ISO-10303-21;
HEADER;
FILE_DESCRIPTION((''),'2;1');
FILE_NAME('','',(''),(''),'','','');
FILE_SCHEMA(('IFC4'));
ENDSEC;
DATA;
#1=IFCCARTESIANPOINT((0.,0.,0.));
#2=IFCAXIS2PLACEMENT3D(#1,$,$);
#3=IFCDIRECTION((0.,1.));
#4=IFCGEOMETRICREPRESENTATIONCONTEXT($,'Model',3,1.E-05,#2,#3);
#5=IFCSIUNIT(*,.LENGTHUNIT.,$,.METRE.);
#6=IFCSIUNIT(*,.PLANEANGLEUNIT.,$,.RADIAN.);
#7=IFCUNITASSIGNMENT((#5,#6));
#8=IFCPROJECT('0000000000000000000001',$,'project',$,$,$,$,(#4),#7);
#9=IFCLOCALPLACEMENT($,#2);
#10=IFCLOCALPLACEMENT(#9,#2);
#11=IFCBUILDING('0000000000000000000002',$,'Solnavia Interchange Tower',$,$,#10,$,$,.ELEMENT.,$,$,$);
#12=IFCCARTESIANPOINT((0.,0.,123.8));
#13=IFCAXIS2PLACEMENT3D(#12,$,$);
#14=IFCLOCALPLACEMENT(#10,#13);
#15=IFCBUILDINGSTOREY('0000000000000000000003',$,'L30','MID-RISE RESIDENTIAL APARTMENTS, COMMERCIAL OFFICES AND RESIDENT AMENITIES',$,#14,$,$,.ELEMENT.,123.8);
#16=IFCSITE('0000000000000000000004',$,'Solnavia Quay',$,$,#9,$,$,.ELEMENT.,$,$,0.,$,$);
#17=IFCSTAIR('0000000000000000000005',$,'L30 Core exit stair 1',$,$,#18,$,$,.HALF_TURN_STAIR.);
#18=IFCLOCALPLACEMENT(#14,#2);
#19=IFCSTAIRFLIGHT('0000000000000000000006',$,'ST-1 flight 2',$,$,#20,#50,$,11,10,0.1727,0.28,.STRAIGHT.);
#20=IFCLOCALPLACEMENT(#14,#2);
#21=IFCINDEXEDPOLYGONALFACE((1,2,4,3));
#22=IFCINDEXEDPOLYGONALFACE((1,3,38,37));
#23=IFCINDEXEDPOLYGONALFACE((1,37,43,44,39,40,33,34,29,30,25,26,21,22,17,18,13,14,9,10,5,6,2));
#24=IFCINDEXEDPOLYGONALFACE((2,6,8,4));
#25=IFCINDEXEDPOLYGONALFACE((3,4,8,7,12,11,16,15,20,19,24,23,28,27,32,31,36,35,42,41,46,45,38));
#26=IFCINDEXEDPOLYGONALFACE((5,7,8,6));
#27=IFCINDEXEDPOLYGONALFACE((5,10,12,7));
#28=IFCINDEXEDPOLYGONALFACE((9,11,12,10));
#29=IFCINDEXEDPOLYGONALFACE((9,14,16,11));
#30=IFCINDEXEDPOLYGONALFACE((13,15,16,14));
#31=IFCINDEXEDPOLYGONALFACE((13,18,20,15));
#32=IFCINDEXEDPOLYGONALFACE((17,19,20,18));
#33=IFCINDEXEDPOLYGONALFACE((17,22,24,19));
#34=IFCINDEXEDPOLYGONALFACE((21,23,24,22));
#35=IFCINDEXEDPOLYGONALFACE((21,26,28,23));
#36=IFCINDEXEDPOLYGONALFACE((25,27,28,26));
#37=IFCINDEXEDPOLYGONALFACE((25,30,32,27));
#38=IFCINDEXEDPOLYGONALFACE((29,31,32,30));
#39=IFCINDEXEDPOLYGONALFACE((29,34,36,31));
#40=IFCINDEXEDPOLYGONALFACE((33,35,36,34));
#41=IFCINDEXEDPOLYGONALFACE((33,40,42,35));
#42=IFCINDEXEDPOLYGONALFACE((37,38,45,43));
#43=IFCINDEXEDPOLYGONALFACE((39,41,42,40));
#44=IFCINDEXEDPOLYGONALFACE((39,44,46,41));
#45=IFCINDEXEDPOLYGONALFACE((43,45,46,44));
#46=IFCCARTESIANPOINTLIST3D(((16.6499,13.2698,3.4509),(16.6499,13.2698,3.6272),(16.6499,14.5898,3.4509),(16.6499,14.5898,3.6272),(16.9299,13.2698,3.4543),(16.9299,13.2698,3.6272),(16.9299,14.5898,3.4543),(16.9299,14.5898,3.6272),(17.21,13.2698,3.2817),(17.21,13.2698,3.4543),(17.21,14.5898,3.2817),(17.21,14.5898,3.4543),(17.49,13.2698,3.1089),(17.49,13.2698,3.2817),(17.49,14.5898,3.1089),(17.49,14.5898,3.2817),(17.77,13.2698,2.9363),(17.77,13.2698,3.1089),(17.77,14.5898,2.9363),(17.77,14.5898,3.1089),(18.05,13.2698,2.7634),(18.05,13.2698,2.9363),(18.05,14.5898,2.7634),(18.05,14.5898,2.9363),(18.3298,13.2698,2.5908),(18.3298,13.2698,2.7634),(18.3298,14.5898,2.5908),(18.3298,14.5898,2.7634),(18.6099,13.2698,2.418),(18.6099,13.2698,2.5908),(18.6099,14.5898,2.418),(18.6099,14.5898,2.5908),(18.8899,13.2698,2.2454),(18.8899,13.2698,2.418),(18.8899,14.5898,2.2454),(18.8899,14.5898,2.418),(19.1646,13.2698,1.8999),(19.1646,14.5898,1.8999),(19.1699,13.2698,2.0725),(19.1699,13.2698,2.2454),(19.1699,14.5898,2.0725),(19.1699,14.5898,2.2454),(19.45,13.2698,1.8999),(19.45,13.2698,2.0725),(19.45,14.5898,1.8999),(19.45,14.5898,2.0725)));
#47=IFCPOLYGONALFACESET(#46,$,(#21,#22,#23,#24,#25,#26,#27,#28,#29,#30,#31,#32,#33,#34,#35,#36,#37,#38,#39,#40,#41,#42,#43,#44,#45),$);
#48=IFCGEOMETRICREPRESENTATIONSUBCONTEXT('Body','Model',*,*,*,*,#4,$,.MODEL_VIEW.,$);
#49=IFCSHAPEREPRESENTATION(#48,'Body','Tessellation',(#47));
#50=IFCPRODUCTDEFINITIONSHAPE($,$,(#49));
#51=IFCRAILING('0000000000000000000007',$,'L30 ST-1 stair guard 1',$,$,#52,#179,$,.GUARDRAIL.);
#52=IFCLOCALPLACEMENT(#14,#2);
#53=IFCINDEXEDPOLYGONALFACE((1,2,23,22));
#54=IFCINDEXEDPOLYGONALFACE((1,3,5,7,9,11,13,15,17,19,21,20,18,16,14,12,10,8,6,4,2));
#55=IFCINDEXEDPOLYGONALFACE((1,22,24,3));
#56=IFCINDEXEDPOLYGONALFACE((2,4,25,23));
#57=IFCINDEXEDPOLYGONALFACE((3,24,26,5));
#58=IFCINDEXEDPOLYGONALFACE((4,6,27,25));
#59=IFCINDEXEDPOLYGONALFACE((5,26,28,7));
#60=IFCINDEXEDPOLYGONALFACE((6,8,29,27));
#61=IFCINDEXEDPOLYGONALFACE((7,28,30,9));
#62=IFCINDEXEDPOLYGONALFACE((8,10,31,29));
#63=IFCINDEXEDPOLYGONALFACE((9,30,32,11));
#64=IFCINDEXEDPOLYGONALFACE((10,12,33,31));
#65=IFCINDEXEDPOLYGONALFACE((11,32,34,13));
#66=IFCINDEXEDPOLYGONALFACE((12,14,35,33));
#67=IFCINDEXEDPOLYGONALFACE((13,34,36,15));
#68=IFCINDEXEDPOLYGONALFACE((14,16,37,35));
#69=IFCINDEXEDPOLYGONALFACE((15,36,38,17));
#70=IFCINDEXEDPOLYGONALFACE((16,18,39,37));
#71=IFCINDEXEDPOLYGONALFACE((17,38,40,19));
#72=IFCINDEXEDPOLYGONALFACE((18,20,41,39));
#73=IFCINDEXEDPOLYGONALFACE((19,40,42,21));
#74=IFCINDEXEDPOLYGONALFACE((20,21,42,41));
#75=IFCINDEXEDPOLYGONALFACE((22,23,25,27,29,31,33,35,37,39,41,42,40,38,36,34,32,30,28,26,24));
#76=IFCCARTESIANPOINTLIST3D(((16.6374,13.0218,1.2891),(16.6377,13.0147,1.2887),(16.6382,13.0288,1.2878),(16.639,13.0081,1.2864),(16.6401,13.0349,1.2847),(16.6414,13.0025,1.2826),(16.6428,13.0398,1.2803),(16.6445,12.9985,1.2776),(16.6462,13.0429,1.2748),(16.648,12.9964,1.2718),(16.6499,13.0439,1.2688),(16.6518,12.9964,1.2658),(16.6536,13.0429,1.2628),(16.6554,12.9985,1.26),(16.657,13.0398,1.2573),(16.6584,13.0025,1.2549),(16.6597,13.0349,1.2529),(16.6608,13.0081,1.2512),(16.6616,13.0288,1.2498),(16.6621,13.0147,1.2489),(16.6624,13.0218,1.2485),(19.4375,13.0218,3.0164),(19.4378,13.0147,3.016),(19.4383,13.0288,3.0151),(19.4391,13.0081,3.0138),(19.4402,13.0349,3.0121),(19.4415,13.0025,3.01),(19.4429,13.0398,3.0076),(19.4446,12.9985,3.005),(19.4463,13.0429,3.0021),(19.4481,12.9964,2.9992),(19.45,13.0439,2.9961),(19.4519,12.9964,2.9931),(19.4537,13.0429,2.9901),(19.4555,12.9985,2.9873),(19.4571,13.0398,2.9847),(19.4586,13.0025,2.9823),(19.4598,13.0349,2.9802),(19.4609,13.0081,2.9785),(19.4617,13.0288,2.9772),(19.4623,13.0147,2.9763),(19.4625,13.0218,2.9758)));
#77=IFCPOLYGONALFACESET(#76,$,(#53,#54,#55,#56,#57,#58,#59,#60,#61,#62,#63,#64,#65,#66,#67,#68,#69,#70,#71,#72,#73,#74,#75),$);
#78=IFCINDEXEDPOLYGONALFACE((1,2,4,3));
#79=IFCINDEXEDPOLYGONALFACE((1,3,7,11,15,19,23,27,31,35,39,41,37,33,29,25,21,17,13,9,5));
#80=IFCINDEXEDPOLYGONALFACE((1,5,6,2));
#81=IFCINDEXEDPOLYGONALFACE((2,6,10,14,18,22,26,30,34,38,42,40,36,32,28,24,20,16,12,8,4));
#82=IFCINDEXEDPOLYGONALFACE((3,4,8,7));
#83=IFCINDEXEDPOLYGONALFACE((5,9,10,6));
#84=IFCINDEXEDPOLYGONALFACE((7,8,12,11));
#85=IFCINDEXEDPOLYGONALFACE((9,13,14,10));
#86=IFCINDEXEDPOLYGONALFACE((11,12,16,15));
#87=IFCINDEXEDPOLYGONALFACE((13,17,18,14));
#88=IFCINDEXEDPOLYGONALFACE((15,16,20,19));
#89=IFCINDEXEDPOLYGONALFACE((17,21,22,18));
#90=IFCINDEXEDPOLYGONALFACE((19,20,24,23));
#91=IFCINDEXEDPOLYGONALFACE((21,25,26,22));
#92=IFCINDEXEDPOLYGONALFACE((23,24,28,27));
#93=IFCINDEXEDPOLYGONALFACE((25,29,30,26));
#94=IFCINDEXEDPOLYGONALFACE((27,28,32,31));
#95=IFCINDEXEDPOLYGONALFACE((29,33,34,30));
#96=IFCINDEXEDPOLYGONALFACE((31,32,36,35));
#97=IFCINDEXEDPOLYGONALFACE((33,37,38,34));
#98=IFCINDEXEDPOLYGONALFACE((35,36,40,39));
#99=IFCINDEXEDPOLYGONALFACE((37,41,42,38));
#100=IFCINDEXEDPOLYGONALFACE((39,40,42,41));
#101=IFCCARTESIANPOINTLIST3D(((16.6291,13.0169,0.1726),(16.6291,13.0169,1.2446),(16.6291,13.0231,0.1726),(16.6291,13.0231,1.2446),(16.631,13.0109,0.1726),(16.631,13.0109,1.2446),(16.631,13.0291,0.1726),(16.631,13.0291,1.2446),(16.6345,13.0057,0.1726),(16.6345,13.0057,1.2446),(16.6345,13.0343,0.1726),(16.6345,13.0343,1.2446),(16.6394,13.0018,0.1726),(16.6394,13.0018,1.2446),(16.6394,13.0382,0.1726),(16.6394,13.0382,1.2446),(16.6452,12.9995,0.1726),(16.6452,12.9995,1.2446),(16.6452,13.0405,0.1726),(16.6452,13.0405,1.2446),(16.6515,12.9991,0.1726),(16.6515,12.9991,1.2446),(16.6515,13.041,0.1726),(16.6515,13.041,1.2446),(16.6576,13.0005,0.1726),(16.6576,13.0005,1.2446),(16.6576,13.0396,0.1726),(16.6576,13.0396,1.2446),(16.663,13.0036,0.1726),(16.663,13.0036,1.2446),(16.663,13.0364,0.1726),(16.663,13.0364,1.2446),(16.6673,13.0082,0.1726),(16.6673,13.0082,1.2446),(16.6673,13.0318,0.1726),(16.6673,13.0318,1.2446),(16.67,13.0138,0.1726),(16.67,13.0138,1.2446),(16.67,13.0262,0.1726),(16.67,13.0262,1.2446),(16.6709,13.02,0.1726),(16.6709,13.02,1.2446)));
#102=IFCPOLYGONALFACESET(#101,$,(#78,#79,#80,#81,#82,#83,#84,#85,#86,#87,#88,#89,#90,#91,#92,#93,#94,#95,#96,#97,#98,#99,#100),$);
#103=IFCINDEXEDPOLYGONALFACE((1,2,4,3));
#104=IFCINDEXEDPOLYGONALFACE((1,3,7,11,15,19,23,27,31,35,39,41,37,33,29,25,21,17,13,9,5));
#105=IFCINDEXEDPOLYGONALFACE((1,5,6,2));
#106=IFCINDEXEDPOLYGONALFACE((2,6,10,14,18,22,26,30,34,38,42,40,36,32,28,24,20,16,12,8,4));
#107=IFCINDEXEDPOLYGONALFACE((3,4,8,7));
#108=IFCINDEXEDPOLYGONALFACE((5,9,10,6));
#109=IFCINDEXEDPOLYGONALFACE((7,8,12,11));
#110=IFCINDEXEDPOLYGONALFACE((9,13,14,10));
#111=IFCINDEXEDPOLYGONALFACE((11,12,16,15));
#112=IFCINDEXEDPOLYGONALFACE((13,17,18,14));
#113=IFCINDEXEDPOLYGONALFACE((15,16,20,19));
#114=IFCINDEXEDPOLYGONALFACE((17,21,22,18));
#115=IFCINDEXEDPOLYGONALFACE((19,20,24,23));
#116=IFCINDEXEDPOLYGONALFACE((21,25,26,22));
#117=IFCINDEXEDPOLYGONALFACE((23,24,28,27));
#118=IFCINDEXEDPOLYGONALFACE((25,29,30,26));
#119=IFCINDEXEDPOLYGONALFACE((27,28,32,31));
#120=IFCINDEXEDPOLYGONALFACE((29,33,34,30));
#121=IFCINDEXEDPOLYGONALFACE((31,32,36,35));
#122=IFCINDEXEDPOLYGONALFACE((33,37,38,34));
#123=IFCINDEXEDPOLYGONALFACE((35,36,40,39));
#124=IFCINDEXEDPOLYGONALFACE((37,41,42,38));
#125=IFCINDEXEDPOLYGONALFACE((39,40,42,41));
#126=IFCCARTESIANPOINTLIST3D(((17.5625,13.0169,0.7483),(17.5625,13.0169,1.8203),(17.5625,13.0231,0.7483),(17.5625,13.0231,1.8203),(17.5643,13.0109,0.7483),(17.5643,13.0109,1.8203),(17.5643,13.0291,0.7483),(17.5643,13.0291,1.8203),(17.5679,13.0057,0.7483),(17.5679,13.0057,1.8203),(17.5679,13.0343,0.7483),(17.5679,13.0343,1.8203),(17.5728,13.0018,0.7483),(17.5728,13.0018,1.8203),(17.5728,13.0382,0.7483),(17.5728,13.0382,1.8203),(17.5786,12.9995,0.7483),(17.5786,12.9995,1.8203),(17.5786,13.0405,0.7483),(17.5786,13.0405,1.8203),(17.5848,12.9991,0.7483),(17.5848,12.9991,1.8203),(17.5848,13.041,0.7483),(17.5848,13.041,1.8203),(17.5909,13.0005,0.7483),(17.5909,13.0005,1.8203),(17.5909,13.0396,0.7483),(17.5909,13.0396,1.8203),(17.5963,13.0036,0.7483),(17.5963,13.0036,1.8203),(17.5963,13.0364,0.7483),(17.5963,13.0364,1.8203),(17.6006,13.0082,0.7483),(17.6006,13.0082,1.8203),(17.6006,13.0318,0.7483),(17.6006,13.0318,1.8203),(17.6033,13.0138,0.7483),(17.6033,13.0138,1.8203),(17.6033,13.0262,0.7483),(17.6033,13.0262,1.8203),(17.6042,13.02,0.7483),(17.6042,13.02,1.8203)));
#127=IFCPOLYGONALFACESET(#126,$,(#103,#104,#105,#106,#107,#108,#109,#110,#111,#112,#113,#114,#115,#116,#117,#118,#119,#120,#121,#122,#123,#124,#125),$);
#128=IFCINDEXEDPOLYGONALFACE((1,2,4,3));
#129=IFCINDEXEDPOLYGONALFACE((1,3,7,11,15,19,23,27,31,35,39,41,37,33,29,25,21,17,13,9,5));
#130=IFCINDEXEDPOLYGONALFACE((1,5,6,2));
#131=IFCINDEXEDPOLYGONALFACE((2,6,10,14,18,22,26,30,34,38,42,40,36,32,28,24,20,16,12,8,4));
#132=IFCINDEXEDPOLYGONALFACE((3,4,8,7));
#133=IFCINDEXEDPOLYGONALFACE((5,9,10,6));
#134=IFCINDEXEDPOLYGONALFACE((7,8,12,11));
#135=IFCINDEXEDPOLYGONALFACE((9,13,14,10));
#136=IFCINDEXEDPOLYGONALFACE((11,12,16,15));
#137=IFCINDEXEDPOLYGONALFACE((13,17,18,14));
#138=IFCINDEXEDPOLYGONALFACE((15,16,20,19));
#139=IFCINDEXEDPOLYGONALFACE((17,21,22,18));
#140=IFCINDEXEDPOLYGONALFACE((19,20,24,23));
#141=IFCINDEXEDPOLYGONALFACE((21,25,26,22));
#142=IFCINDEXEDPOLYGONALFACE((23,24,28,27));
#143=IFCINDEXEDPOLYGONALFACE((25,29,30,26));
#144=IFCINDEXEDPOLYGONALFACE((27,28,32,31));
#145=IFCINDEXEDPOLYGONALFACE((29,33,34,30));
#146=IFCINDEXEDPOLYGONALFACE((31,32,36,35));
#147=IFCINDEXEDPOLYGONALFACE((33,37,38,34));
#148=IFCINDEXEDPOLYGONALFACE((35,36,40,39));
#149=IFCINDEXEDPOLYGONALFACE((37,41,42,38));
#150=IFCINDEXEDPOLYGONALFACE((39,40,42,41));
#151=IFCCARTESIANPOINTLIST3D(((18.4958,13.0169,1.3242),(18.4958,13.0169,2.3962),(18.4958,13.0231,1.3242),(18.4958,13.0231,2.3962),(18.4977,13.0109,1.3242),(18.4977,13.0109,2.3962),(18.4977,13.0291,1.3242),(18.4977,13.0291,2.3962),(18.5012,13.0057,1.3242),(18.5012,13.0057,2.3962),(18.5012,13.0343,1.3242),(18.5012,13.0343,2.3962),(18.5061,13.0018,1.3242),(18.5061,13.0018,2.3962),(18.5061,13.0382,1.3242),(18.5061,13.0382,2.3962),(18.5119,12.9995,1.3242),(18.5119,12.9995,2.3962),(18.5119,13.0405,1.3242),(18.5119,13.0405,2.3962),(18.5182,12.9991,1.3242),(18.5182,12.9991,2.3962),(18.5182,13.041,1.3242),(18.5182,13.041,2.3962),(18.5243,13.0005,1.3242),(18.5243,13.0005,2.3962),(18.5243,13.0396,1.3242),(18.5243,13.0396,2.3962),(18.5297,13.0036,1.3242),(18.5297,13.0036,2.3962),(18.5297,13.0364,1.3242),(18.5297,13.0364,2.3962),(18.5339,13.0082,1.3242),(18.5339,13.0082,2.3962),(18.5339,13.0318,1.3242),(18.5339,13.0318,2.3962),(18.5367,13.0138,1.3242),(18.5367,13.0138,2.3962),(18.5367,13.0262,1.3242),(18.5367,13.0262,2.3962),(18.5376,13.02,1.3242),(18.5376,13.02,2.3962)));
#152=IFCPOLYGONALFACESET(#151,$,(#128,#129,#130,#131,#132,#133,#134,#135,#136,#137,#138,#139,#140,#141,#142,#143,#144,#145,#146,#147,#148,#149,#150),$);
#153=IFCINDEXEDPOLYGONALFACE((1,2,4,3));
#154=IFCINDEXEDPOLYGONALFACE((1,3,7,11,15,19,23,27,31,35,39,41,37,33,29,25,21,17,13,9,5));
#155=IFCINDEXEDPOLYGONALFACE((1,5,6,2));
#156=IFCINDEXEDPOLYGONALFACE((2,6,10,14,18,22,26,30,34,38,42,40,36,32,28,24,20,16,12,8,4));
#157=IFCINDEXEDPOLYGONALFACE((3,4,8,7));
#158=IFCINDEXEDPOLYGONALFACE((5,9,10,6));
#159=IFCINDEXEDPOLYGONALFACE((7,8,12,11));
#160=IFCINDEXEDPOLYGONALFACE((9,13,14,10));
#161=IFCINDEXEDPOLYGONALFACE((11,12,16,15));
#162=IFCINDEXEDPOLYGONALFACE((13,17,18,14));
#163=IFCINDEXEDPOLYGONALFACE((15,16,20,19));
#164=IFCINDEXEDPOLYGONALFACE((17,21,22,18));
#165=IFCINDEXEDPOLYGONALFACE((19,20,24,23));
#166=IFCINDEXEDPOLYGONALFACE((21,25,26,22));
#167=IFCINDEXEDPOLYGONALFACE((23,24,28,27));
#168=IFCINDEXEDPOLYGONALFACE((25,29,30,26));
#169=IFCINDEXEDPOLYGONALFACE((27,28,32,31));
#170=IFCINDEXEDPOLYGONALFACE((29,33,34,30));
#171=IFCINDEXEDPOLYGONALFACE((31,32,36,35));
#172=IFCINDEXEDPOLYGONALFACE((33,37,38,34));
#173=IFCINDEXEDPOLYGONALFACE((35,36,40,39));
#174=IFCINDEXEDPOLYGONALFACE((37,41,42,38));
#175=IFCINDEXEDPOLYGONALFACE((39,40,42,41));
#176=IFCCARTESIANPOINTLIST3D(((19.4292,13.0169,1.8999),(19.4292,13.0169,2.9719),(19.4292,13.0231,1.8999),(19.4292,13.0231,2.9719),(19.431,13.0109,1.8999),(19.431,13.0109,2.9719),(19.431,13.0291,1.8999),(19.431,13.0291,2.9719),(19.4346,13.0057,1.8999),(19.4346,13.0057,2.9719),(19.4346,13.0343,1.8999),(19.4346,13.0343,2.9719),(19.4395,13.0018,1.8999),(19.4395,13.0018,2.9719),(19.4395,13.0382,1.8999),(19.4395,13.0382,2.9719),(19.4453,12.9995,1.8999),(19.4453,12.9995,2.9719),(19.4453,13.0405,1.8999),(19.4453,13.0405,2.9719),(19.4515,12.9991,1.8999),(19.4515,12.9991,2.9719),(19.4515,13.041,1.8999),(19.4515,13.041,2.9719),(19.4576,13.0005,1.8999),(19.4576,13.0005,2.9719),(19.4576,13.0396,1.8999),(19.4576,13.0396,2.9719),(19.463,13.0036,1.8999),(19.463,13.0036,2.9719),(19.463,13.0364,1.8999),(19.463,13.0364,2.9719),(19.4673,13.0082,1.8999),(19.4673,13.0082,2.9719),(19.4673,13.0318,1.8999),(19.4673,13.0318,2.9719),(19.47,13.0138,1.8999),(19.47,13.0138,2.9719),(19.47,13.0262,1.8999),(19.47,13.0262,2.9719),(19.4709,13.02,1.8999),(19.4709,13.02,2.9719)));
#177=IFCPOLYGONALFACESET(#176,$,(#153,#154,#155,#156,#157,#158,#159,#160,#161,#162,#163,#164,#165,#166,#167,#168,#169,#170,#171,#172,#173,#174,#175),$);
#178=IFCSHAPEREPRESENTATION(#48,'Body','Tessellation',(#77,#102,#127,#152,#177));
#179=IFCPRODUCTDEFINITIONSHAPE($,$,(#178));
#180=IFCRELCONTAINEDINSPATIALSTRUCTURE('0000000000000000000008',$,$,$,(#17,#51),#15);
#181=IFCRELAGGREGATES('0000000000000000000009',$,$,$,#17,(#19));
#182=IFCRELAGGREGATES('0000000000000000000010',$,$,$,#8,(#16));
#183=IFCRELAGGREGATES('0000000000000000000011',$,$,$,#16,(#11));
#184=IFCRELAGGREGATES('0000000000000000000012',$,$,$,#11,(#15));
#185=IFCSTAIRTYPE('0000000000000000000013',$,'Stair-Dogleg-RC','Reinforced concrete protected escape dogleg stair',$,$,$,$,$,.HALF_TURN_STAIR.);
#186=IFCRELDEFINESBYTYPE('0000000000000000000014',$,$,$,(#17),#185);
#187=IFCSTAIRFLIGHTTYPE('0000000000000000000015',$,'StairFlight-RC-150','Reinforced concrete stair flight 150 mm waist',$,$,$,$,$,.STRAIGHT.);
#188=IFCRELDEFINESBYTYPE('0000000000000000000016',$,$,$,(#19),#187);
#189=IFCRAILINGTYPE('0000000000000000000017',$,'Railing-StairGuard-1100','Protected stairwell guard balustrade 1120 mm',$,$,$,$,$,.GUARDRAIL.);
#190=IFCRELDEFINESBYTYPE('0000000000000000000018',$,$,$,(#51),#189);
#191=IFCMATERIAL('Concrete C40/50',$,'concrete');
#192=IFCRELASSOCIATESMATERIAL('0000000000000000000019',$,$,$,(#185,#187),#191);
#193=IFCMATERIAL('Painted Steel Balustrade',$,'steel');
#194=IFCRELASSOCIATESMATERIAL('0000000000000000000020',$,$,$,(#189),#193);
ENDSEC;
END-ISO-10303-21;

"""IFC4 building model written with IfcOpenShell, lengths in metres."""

from ifc_helpers import new_model, si_unit, direction, frame, origin, origin_2d, place, context, subcontext, project, spatial, polyline, circle, outline, extrude, material, type_object, element, aggregate, save


model = new_model("IFC4")

# Units and contexts
model_context = context("Model", 3, precision=1e-05, world=origin(), true_north=direction((0.0, 1.0)))
body_context = subcontext(model_context, "Body", "Model", "MODEL_VIEW")
ifc_project = project(units=[si_unit("LENGTHUNIT", "METRE"), si_unit("PLANEANGLEUNIT", "RADIAN")], contexts=[model_context])

# Site, building, storey
site_placement = place(None, origin())
site = spatial("IfcSite", under=ifc_project, at=site_placement, Name="Solnavia Quay", CompositionType="ELEMENT", RefElevation=0.0)
building_placement = place(site_placement, origin())
building = spatial("IfcBuilding", under=site, at=building_placement, Name="Solnavia Interchange Tower", CompositionType="ELEMENT")
storey_placement = place(building_placement, frame((0.0, 0.0, 123.8)))
storey = spatial("IfcBuildingStorey", under=building, at=storey_placement, Name="L30", Description="MID-RISE RESIDENTIAL APARTMENTS, COMMERCIAL OFFICES AND RESIDENT AMENITIES", CompositionType="ELEMENT", Elevation=123.8)

# Shared definitions
ifc_material_1 = material(Name="Concrete C40/50", Category="concrete")

# Stair, stair flight
stair_type = type_object("IfcStairType", Name="Stair-Dogleg-RC", Description="Reinforced concrete protected escape dogleg stair", PredefinedType="HALF_TURN_STAIR", material=ifc_material_1)
stair_placement = place(storey_placement, origin())
stair = element("IfcStair", 1, at=stair_placement, inside=storey, type_object=stair_type, Name="L30 Core exit stair 1", PredefinedType="HALF_TURN_STAIR")
stair_flight_type = type_object("IfcStairFlightType", Name="StairFlight-RC-150", Description="Reinforced concrete stair flight 150 mm waist", PredefinedType="STRAIGHT", material=ifc_material_1)
stair_flight_1_placement = place(storey_placement, frame((19.45, 13.9299, 1.8999), z_axis=(0.0, 0.0, 1.0), x_axis=(-1.0, 0.0, 0.0)))
stair_flight_1 = element("IfcStairFlight", 2, at=stair_flight_1_placement, type_object=stair_flight_type, Name="ST-1 flight 2", NumberOfRisers=11, NumberOfTreads=10, PredefinedType="STRAIGHT", RiserHeight=0.1727, TreadLength=0.28, context=body_context, shape_type="SweptSolid", body=[
    extrude(outline(polyline([(0.0, 0.0), (0.0, 0.1726), (0.28, 0.1726), (0.28, 0.3455), (0.5601, 0.3455), (0.5601, 0.5181), (0.8401, 0.5181), (0.8401, 0.6909), (1.1201, 0.6909), (1.1201, 0.8635), (1.3999, 0.8635), (1.3999, 1.0364), (1.6799, 1.0364), (1.6799, 1.209), (1.96, 1.209), (1.96, 1.3818), (2.24, 1.3818), (2.24, 1.5544), (2.52, 1.5544), (2.52, 1.7273), (2.8, 1.7273), (2.8, 1.8999), (2.8, 1.551), (0.2854, 0.0), (0.0, 0.0)])), frame((0.0, 0.6602, 0.0), z_axis=(0.0, -1.0, 0.0), x_axis=(1.0, 0.0, 0.0)), (0.0, 0.0, 1.0), 1.3201),
])
aggregate(stair, [stair_flight_1])

# Railing
ifc_material_2 = material(Name="Painted Steel Balustrade", Category="steel")
railing_type_1 = type_object("IfcRailingType", Name="Railing-StairGuard-1100", Description="Protected stairwell guard balustrade 1120 mm", PredefinedType="GUARDRAIL", material=ifc_material_2)
railing_1_placement = place(storey_placement, frame((16.6499, 13.02, 0.1726)))
element("IfcRailing", 3, at=railing_1_placement, inside=storey, type_object=railing_type_1, Name="L30 ST-1 stair guard 1", PredefinedType="GUARDRAIL", context=body_context, shape_type="SweptSolid", body=[
    extrude(circle(Radius=0.0239, at=origin_2d()), frame((0.0, 0.0, 1.0962), z_axis=(0.85109, 0.0, 0.52502), x_axis=(0.0, 1.0, 0.0)), (0.0, 0.0, 1.0), 3.29),
    extrude(circle(Radius=0.021, at=origin_2d()), origin(), (0.0, 0.0, 1.0), 1.072),
    extrude(circle(Radius=0.021, at=origin_2d()), frame((0.9333, 0.0, 0.5757)), (0.0, 0.0, 1.0), 1.072),
    extrude(circle(Radius=0.021, at=origin_2d()), frame((1.8667, 0.0, 1.1516)), (0.0, 0.0, 1.0), 1.072),
    extrude(circle(Radius=0.021, at=origin_2d()), frame((2.8, 0.0, 1.7273)), (0.0, 0.0, 1.0), 1.072),
])

save(model, "model.ifc")
